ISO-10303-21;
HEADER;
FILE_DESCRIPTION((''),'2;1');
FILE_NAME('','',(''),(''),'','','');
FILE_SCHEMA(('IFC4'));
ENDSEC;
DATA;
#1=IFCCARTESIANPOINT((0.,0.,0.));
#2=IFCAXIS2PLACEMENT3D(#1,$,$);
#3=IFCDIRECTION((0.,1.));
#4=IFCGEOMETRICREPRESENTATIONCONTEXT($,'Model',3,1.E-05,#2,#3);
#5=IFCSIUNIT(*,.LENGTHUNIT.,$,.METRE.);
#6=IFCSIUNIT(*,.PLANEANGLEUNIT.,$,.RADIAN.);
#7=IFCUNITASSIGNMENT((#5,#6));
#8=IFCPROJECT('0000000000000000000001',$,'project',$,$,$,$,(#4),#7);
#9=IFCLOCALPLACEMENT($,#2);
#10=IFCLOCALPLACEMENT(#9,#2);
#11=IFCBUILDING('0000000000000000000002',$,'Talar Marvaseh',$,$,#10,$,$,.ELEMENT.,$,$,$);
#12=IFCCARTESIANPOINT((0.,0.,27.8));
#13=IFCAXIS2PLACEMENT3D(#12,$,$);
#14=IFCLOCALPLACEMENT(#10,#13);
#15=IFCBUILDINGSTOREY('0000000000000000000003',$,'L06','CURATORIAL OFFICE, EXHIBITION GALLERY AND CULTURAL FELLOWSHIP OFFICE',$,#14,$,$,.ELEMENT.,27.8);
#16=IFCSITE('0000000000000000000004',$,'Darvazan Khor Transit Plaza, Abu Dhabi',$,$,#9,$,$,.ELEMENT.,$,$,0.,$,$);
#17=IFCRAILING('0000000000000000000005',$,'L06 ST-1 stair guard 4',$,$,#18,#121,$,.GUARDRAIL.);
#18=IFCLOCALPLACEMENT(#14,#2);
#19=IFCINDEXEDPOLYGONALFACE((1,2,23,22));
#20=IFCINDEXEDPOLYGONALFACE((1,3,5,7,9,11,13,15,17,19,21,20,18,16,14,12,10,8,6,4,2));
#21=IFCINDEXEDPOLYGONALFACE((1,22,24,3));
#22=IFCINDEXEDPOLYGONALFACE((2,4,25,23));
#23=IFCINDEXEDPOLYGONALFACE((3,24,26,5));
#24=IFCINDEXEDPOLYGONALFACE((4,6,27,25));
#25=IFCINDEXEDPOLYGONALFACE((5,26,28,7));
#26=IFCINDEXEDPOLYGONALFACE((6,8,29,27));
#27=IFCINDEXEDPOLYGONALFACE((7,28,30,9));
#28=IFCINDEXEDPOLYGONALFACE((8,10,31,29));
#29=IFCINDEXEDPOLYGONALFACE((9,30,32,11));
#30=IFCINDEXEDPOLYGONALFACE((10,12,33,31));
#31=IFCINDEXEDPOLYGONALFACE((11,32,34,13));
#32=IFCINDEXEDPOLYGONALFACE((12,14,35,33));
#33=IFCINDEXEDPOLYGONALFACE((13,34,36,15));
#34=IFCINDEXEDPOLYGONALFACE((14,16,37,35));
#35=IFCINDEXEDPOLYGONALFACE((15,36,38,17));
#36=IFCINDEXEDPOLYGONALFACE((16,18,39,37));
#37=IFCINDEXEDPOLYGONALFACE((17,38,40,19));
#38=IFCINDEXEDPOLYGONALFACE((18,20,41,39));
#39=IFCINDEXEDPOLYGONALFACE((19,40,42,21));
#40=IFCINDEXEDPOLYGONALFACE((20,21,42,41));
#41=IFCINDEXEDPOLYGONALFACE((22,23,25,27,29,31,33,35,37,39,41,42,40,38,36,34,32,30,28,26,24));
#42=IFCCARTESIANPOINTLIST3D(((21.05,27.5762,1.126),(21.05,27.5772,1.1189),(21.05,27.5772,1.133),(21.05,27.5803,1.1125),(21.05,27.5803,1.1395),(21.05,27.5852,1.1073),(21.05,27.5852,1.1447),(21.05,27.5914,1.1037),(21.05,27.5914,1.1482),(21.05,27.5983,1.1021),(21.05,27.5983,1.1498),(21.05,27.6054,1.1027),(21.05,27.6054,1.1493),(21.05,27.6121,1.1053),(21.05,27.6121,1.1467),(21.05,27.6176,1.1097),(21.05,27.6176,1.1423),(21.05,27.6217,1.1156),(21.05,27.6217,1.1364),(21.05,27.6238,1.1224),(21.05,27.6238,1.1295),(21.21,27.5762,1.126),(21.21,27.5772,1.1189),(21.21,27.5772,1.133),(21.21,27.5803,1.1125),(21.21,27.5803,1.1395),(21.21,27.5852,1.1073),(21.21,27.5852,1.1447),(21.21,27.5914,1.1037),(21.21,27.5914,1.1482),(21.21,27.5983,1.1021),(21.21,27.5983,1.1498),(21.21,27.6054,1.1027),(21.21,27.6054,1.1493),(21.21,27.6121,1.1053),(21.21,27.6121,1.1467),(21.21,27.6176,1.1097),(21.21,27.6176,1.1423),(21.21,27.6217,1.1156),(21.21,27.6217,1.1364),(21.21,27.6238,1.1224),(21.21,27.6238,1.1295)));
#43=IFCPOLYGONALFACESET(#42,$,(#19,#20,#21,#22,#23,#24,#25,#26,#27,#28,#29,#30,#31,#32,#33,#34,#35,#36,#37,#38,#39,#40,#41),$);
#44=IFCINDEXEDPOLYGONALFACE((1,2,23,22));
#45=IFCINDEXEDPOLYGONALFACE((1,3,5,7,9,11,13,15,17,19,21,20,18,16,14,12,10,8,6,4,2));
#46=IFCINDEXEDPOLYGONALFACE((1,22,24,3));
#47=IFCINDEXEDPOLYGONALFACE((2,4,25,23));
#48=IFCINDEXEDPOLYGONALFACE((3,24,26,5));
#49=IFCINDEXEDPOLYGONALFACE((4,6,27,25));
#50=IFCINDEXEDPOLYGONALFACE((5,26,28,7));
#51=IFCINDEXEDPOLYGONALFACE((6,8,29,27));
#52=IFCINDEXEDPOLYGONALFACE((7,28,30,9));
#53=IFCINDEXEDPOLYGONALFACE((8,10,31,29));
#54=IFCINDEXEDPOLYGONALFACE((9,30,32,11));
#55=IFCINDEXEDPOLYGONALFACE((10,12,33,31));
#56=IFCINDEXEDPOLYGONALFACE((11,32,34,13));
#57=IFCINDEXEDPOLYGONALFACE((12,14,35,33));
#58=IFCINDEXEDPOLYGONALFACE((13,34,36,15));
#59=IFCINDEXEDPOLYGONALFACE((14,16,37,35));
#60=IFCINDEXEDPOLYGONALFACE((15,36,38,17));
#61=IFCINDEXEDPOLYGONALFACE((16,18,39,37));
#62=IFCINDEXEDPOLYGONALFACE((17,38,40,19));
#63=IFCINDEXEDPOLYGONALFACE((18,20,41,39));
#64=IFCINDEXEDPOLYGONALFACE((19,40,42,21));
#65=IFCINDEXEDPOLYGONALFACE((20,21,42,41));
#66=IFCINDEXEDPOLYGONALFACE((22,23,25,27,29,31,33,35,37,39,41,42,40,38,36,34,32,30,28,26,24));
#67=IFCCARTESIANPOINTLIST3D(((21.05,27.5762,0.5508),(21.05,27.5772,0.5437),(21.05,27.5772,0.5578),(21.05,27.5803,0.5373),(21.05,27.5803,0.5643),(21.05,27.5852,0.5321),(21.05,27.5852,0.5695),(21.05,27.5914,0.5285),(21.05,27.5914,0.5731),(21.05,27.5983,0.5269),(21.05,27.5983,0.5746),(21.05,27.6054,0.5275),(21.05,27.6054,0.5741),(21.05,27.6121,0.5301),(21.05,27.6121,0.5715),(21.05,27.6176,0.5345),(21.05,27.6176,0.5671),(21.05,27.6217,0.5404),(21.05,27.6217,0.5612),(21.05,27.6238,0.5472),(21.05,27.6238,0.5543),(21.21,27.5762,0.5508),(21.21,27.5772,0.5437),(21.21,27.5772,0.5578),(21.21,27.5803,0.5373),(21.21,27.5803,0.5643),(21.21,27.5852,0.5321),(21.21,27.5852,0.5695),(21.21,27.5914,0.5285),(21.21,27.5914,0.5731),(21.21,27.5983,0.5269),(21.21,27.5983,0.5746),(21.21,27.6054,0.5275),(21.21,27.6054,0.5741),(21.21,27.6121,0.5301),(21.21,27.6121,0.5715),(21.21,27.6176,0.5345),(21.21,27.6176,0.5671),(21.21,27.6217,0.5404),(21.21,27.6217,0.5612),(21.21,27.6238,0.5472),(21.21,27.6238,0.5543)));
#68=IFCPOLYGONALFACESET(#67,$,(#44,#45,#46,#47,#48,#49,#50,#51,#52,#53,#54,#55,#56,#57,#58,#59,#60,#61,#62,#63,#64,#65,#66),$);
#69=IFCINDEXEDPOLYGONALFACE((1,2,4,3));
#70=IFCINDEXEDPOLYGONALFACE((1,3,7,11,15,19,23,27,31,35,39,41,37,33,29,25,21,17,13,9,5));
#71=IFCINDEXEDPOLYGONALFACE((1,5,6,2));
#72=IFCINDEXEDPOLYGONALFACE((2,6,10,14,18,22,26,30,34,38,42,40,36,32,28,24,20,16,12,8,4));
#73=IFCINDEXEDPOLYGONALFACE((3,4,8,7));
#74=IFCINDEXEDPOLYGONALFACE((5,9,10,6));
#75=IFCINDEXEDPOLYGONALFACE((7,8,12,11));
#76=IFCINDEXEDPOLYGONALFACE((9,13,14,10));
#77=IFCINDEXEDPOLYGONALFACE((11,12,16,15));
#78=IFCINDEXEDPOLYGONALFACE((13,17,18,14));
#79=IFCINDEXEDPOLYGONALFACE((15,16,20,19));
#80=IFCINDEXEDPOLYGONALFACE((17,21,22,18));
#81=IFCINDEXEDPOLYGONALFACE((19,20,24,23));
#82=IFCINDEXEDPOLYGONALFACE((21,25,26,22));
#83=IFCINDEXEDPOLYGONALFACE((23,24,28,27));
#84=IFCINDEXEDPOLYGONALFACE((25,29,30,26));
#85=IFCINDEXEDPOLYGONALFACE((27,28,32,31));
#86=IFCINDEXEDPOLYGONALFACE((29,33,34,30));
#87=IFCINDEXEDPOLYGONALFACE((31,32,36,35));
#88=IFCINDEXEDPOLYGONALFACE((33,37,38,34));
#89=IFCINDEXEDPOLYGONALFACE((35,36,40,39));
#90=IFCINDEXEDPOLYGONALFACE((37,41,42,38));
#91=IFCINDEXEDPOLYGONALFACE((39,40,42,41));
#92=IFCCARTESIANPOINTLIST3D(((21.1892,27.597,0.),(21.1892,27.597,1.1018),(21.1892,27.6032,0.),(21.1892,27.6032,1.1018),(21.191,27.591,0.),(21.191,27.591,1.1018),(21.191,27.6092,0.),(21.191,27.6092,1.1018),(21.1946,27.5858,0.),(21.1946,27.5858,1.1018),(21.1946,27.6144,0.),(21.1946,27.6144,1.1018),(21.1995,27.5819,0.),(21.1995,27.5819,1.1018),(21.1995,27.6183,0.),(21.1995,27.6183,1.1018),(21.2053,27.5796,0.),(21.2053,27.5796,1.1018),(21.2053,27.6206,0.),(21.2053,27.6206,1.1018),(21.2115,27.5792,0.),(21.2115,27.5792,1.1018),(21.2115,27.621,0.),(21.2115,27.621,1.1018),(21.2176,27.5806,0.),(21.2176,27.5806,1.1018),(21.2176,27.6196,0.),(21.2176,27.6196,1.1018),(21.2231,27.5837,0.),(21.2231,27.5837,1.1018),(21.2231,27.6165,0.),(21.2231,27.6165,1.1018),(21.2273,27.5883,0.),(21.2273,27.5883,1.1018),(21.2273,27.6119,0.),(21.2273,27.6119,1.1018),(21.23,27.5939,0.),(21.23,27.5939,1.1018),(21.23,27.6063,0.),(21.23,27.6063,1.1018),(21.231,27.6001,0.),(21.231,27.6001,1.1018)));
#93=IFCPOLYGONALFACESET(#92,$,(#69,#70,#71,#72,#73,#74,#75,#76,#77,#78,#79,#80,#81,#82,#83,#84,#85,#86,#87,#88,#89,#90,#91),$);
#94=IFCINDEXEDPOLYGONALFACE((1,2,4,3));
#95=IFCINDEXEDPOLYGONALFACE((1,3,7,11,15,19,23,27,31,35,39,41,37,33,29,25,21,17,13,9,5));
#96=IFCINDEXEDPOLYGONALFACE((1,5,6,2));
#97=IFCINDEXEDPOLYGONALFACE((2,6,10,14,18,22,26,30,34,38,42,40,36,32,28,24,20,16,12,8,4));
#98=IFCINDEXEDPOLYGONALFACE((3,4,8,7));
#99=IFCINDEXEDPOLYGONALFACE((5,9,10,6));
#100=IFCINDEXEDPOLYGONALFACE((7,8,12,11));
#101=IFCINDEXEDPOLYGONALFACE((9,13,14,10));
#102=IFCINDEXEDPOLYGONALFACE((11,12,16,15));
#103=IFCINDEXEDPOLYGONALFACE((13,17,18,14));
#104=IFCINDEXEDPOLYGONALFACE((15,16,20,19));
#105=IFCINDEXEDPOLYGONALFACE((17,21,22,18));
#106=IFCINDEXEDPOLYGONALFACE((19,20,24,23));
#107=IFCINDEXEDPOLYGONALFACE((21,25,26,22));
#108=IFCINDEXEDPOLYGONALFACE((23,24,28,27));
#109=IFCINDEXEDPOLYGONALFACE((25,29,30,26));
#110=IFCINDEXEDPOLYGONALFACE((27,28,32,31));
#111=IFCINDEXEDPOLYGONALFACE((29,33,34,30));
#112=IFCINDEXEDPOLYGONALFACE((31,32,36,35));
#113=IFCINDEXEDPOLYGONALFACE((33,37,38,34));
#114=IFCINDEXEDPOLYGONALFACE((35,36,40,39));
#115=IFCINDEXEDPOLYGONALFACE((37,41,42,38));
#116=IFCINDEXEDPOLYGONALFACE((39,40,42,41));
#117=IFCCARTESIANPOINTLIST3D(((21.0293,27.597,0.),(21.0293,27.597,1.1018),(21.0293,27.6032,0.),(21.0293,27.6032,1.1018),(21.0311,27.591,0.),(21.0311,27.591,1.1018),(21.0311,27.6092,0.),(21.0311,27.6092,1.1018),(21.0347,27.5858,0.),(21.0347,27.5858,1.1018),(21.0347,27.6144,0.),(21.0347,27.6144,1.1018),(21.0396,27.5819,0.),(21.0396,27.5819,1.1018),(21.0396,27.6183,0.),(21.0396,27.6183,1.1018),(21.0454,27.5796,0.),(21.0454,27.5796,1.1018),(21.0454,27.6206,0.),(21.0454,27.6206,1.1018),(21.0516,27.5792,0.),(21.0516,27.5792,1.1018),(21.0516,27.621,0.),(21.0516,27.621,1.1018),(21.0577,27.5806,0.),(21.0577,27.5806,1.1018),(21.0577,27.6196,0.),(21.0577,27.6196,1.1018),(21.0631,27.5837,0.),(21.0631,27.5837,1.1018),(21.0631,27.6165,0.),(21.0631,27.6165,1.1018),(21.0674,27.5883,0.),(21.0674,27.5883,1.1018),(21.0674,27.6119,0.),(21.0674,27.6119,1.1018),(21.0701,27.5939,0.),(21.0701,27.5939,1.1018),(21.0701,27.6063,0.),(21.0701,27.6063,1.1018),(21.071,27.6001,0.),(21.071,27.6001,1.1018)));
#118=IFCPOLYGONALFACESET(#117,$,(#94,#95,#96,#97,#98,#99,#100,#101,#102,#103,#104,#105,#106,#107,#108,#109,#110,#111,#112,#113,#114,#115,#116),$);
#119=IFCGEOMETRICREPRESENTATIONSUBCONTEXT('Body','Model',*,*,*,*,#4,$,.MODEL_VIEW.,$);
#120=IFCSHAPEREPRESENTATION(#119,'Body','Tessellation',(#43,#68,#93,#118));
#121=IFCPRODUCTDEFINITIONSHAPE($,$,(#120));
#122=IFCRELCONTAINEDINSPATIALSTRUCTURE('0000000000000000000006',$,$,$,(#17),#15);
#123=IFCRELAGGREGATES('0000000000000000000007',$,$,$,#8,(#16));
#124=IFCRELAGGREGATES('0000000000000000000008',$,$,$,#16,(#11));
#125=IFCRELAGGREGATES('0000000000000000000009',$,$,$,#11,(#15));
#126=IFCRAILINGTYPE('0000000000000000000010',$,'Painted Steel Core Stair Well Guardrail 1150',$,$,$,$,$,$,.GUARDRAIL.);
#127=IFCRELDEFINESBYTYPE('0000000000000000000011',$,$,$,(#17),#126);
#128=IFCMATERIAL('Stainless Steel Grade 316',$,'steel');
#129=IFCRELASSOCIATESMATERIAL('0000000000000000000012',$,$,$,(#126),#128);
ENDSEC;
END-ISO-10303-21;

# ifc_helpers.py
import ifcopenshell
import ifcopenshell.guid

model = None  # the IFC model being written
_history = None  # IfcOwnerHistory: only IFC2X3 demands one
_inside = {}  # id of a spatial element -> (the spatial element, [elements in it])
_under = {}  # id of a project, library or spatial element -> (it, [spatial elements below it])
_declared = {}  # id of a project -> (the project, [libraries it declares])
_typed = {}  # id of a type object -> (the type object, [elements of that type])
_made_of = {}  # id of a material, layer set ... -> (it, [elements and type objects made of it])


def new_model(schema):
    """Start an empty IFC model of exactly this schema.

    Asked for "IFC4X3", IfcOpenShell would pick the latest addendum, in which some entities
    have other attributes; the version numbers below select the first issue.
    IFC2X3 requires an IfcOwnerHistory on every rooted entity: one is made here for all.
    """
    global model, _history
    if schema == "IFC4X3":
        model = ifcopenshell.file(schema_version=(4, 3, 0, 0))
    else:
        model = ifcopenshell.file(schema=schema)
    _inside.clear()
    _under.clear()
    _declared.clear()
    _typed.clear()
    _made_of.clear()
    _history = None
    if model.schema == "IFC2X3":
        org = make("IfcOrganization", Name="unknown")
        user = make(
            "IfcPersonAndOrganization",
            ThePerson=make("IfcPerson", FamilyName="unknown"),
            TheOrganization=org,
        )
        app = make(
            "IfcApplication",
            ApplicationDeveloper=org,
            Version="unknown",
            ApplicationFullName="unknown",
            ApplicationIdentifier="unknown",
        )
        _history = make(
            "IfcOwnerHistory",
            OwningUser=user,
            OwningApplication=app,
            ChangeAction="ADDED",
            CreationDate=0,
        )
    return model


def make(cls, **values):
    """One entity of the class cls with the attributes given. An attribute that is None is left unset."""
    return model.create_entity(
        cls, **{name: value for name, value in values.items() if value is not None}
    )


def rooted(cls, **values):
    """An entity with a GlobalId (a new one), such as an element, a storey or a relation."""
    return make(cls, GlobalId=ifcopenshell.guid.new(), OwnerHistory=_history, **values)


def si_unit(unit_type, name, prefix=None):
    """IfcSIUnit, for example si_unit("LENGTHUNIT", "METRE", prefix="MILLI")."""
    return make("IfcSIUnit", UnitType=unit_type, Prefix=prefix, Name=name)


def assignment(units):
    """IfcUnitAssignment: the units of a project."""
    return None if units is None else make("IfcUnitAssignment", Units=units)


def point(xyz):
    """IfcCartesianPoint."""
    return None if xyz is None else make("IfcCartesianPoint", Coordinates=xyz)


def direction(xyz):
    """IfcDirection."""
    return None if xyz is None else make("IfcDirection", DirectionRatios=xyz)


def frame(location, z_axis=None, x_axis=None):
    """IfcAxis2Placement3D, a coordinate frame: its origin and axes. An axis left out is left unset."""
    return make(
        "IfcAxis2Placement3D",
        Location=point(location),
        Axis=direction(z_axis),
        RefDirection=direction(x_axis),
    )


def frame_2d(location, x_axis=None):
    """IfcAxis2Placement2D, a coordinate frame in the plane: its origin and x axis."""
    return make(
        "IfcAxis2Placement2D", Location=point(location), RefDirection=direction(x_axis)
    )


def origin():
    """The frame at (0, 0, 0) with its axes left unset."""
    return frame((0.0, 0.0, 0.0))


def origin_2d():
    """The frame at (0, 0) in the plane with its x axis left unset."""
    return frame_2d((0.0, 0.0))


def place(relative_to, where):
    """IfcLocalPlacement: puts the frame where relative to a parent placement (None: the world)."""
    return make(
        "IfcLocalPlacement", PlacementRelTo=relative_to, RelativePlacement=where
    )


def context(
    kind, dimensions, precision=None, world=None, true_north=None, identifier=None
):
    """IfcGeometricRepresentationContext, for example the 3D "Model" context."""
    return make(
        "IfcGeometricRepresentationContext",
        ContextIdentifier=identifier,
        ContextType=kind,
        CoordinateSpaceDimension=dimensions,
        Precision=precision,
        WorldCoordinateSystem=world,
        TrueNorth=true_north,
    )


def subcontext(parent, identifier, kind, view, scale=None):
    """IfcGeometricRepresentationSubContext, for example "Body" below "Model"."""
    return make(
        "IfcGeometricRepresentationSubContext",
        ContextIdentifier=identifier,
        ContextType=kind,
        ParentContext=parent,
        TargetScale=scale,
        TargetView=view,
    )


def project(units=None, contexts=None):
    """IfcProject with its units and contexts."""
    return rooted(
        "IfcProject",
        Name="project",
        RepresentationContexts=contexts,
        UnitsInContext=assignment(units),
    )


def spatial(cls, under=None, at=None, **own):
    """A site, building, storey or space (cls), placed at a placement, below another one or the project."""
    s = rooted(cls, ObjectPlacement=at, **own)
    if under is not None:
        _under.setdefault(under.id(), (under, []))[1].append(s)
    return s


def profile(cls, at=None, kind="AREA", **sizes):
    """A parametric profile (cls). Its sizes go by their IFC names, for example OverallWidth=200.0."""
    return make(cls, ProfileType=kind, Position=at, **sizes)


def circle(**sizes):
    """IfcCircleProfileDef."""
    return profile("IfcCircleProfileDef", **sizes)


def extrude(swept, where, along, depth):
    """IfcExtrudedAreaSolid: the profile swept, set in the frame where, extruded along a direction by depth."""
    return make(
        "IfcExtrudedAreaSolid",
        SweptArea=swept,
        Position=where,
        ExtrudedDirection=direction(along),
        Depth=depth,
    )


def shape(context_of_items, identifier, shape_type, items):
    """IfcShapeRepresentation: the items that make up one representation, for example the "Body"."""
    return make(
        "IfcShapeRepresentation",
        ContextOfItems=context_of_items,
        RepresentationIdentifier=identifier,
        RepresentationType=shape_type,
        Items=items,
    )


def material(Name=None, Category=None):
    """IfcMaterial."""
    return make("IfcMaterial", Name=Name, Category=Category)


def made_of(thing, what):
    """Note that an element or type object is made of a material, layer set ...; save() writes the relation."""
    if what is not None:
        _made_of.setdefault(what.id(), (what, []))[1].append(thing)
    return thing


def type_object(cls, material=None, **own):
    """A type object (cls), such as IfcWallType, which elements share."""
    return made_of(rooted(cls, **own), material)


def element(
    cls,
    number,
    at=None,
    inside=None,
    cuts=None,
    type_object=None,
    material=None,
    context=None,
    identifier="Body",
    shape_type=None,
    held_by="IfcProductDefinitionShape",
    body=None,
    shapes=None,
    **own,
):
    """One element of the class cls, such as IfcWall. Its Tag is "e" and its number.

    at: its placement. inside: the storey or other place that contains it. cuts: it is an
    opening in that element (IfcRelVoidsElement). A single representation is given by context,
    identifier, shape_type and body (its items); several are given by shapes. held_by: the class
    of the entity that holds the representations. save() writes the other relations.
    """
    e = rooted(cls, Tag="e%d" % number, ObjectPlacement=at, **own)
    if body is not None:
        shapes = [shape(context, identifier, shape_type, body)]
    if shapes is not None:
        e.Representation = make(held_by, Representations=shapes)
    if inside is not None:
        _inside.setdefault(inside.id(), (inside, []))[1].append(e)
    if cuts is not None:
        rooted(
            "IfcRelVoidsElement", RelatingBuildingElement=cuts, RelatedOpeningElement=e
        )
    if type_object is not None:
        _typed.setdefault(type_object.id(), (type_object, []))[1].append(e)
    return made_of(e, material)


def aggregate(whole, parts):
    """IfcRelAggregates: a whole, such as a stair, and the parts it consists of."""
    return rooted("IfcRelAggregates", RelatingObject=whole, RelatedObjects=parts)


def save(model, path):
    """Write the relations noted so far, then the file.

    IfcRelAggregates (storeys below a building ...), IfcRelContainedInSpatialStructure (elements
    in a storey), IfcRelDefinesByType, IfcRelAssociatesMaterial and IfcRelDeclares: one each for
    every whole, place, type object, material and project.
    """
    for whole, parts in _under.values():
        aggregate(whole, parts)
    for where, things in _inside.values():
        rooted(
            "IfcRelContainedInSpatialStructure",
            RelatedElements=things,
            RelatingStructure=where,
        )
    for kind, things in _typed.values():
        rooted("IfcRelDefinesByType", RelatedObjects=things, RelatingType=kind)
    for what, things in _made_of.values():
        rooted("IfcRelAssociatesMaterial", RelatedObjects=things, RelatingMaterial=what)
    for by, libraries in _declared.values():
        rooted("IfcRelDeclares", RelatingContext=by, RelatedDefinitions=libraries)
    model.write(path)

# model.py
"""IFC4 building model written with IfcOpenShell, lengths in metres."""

from ifc_helpers import new_model, si_unit, direction, frame, origin, origin_2d, place, context, subcontext, project, spatial, circle, extrude, material, type_object, element, save


model = new_model("IFC4")

# Units and contexts
model_context = context("Model", 3, precision=1e-05, world=origin(), true_north=direction((0.0, 1.0)))
body_context = subcontext(model_context, "Body", "Model", "MODEL_VIEW")
ifc_project = project(units=[si_unit("LENGTHUNIT", "METRE"), si_unit("PLANEANGLEUNIT", "RADIAN")], contexts=[model_context])

# Site, building, storey
site_placement = place(None, origin())
site = spatial("IfcSite", under=ifc_project, at=site_placement, Name="Darvazan Khor Transit Plaza, Abu Dhabi", CompositionType="ELEMENT", RefElevation=0.0)
building_placement = place(site_placement, origin())
building = spatial("IfcBuilding", under=site, at=building_placement, Name="Talar Marvaseh", CompositionType="ELEMENT")
storey_placement = place(building_placement, frame((0.0, 0.0, 27.8)))
storey = spatial("IfcBuildingStorey", under=building, at=storey_placement, Name="L06", Description="CURATORIAL OFFICE, EXHIBITION GALLERY AND CULTURAL FELLOWSHIP OFFICE", CompositionType="ELEMENT", Elevation=27.8)

# Railing
ifc_material_1 = material(Name="Stainless Steel Grade 316", Category="steel")
railing_type_1 = type_object("IfcRailingType", Name="Painted Steel Core Stair Well Guardrail 1150", PredefinedType="GUARDRAIL", material=ifc_material_1)
railing_1_placement = place(storey_placement, frame((21.21, 27.6001, 0.0)))
element("IfcRailing", 1, at=railing_1_placement, inside=storey, type_object=railing_type_1, Name="L06 ST-1 stair guard 4", PredefinedType="GUARDRAIL", context=body_context, shape_type="SweptSolid", body=[
    extrude(circle(Radius=0.0239, at=origin_2d()), frame((0.0, 0.0, 1.126), z_axis=(-1.0, 0.0, 0.0), x_axis=(0.0, -1.0, 0.0)), (0.0, 0.0, 1.0), 0.1599),
    extrude(circle(Radius=0.0239, at=origin_2d()), frame((0.0, 0.0, 0.5508), z_axis=(-1.0, 0.0, 0.0), x_axis=(0.0, -1.0, 0.0)), (0.0, 0.0, 1.0), 0.1599),
    extrude(circle(Radius=0.021, at=origin_2d()), origin(), (0.0, 0.0, 1.0), 1.1018),
    extrude(circle(Radius=0.021, at=origin_2d()), frame((-0.1599, 0.0, 0.0)), (0.0, 0.0, 1.0), 1.1018),
])

save(model, "model.ifc")
